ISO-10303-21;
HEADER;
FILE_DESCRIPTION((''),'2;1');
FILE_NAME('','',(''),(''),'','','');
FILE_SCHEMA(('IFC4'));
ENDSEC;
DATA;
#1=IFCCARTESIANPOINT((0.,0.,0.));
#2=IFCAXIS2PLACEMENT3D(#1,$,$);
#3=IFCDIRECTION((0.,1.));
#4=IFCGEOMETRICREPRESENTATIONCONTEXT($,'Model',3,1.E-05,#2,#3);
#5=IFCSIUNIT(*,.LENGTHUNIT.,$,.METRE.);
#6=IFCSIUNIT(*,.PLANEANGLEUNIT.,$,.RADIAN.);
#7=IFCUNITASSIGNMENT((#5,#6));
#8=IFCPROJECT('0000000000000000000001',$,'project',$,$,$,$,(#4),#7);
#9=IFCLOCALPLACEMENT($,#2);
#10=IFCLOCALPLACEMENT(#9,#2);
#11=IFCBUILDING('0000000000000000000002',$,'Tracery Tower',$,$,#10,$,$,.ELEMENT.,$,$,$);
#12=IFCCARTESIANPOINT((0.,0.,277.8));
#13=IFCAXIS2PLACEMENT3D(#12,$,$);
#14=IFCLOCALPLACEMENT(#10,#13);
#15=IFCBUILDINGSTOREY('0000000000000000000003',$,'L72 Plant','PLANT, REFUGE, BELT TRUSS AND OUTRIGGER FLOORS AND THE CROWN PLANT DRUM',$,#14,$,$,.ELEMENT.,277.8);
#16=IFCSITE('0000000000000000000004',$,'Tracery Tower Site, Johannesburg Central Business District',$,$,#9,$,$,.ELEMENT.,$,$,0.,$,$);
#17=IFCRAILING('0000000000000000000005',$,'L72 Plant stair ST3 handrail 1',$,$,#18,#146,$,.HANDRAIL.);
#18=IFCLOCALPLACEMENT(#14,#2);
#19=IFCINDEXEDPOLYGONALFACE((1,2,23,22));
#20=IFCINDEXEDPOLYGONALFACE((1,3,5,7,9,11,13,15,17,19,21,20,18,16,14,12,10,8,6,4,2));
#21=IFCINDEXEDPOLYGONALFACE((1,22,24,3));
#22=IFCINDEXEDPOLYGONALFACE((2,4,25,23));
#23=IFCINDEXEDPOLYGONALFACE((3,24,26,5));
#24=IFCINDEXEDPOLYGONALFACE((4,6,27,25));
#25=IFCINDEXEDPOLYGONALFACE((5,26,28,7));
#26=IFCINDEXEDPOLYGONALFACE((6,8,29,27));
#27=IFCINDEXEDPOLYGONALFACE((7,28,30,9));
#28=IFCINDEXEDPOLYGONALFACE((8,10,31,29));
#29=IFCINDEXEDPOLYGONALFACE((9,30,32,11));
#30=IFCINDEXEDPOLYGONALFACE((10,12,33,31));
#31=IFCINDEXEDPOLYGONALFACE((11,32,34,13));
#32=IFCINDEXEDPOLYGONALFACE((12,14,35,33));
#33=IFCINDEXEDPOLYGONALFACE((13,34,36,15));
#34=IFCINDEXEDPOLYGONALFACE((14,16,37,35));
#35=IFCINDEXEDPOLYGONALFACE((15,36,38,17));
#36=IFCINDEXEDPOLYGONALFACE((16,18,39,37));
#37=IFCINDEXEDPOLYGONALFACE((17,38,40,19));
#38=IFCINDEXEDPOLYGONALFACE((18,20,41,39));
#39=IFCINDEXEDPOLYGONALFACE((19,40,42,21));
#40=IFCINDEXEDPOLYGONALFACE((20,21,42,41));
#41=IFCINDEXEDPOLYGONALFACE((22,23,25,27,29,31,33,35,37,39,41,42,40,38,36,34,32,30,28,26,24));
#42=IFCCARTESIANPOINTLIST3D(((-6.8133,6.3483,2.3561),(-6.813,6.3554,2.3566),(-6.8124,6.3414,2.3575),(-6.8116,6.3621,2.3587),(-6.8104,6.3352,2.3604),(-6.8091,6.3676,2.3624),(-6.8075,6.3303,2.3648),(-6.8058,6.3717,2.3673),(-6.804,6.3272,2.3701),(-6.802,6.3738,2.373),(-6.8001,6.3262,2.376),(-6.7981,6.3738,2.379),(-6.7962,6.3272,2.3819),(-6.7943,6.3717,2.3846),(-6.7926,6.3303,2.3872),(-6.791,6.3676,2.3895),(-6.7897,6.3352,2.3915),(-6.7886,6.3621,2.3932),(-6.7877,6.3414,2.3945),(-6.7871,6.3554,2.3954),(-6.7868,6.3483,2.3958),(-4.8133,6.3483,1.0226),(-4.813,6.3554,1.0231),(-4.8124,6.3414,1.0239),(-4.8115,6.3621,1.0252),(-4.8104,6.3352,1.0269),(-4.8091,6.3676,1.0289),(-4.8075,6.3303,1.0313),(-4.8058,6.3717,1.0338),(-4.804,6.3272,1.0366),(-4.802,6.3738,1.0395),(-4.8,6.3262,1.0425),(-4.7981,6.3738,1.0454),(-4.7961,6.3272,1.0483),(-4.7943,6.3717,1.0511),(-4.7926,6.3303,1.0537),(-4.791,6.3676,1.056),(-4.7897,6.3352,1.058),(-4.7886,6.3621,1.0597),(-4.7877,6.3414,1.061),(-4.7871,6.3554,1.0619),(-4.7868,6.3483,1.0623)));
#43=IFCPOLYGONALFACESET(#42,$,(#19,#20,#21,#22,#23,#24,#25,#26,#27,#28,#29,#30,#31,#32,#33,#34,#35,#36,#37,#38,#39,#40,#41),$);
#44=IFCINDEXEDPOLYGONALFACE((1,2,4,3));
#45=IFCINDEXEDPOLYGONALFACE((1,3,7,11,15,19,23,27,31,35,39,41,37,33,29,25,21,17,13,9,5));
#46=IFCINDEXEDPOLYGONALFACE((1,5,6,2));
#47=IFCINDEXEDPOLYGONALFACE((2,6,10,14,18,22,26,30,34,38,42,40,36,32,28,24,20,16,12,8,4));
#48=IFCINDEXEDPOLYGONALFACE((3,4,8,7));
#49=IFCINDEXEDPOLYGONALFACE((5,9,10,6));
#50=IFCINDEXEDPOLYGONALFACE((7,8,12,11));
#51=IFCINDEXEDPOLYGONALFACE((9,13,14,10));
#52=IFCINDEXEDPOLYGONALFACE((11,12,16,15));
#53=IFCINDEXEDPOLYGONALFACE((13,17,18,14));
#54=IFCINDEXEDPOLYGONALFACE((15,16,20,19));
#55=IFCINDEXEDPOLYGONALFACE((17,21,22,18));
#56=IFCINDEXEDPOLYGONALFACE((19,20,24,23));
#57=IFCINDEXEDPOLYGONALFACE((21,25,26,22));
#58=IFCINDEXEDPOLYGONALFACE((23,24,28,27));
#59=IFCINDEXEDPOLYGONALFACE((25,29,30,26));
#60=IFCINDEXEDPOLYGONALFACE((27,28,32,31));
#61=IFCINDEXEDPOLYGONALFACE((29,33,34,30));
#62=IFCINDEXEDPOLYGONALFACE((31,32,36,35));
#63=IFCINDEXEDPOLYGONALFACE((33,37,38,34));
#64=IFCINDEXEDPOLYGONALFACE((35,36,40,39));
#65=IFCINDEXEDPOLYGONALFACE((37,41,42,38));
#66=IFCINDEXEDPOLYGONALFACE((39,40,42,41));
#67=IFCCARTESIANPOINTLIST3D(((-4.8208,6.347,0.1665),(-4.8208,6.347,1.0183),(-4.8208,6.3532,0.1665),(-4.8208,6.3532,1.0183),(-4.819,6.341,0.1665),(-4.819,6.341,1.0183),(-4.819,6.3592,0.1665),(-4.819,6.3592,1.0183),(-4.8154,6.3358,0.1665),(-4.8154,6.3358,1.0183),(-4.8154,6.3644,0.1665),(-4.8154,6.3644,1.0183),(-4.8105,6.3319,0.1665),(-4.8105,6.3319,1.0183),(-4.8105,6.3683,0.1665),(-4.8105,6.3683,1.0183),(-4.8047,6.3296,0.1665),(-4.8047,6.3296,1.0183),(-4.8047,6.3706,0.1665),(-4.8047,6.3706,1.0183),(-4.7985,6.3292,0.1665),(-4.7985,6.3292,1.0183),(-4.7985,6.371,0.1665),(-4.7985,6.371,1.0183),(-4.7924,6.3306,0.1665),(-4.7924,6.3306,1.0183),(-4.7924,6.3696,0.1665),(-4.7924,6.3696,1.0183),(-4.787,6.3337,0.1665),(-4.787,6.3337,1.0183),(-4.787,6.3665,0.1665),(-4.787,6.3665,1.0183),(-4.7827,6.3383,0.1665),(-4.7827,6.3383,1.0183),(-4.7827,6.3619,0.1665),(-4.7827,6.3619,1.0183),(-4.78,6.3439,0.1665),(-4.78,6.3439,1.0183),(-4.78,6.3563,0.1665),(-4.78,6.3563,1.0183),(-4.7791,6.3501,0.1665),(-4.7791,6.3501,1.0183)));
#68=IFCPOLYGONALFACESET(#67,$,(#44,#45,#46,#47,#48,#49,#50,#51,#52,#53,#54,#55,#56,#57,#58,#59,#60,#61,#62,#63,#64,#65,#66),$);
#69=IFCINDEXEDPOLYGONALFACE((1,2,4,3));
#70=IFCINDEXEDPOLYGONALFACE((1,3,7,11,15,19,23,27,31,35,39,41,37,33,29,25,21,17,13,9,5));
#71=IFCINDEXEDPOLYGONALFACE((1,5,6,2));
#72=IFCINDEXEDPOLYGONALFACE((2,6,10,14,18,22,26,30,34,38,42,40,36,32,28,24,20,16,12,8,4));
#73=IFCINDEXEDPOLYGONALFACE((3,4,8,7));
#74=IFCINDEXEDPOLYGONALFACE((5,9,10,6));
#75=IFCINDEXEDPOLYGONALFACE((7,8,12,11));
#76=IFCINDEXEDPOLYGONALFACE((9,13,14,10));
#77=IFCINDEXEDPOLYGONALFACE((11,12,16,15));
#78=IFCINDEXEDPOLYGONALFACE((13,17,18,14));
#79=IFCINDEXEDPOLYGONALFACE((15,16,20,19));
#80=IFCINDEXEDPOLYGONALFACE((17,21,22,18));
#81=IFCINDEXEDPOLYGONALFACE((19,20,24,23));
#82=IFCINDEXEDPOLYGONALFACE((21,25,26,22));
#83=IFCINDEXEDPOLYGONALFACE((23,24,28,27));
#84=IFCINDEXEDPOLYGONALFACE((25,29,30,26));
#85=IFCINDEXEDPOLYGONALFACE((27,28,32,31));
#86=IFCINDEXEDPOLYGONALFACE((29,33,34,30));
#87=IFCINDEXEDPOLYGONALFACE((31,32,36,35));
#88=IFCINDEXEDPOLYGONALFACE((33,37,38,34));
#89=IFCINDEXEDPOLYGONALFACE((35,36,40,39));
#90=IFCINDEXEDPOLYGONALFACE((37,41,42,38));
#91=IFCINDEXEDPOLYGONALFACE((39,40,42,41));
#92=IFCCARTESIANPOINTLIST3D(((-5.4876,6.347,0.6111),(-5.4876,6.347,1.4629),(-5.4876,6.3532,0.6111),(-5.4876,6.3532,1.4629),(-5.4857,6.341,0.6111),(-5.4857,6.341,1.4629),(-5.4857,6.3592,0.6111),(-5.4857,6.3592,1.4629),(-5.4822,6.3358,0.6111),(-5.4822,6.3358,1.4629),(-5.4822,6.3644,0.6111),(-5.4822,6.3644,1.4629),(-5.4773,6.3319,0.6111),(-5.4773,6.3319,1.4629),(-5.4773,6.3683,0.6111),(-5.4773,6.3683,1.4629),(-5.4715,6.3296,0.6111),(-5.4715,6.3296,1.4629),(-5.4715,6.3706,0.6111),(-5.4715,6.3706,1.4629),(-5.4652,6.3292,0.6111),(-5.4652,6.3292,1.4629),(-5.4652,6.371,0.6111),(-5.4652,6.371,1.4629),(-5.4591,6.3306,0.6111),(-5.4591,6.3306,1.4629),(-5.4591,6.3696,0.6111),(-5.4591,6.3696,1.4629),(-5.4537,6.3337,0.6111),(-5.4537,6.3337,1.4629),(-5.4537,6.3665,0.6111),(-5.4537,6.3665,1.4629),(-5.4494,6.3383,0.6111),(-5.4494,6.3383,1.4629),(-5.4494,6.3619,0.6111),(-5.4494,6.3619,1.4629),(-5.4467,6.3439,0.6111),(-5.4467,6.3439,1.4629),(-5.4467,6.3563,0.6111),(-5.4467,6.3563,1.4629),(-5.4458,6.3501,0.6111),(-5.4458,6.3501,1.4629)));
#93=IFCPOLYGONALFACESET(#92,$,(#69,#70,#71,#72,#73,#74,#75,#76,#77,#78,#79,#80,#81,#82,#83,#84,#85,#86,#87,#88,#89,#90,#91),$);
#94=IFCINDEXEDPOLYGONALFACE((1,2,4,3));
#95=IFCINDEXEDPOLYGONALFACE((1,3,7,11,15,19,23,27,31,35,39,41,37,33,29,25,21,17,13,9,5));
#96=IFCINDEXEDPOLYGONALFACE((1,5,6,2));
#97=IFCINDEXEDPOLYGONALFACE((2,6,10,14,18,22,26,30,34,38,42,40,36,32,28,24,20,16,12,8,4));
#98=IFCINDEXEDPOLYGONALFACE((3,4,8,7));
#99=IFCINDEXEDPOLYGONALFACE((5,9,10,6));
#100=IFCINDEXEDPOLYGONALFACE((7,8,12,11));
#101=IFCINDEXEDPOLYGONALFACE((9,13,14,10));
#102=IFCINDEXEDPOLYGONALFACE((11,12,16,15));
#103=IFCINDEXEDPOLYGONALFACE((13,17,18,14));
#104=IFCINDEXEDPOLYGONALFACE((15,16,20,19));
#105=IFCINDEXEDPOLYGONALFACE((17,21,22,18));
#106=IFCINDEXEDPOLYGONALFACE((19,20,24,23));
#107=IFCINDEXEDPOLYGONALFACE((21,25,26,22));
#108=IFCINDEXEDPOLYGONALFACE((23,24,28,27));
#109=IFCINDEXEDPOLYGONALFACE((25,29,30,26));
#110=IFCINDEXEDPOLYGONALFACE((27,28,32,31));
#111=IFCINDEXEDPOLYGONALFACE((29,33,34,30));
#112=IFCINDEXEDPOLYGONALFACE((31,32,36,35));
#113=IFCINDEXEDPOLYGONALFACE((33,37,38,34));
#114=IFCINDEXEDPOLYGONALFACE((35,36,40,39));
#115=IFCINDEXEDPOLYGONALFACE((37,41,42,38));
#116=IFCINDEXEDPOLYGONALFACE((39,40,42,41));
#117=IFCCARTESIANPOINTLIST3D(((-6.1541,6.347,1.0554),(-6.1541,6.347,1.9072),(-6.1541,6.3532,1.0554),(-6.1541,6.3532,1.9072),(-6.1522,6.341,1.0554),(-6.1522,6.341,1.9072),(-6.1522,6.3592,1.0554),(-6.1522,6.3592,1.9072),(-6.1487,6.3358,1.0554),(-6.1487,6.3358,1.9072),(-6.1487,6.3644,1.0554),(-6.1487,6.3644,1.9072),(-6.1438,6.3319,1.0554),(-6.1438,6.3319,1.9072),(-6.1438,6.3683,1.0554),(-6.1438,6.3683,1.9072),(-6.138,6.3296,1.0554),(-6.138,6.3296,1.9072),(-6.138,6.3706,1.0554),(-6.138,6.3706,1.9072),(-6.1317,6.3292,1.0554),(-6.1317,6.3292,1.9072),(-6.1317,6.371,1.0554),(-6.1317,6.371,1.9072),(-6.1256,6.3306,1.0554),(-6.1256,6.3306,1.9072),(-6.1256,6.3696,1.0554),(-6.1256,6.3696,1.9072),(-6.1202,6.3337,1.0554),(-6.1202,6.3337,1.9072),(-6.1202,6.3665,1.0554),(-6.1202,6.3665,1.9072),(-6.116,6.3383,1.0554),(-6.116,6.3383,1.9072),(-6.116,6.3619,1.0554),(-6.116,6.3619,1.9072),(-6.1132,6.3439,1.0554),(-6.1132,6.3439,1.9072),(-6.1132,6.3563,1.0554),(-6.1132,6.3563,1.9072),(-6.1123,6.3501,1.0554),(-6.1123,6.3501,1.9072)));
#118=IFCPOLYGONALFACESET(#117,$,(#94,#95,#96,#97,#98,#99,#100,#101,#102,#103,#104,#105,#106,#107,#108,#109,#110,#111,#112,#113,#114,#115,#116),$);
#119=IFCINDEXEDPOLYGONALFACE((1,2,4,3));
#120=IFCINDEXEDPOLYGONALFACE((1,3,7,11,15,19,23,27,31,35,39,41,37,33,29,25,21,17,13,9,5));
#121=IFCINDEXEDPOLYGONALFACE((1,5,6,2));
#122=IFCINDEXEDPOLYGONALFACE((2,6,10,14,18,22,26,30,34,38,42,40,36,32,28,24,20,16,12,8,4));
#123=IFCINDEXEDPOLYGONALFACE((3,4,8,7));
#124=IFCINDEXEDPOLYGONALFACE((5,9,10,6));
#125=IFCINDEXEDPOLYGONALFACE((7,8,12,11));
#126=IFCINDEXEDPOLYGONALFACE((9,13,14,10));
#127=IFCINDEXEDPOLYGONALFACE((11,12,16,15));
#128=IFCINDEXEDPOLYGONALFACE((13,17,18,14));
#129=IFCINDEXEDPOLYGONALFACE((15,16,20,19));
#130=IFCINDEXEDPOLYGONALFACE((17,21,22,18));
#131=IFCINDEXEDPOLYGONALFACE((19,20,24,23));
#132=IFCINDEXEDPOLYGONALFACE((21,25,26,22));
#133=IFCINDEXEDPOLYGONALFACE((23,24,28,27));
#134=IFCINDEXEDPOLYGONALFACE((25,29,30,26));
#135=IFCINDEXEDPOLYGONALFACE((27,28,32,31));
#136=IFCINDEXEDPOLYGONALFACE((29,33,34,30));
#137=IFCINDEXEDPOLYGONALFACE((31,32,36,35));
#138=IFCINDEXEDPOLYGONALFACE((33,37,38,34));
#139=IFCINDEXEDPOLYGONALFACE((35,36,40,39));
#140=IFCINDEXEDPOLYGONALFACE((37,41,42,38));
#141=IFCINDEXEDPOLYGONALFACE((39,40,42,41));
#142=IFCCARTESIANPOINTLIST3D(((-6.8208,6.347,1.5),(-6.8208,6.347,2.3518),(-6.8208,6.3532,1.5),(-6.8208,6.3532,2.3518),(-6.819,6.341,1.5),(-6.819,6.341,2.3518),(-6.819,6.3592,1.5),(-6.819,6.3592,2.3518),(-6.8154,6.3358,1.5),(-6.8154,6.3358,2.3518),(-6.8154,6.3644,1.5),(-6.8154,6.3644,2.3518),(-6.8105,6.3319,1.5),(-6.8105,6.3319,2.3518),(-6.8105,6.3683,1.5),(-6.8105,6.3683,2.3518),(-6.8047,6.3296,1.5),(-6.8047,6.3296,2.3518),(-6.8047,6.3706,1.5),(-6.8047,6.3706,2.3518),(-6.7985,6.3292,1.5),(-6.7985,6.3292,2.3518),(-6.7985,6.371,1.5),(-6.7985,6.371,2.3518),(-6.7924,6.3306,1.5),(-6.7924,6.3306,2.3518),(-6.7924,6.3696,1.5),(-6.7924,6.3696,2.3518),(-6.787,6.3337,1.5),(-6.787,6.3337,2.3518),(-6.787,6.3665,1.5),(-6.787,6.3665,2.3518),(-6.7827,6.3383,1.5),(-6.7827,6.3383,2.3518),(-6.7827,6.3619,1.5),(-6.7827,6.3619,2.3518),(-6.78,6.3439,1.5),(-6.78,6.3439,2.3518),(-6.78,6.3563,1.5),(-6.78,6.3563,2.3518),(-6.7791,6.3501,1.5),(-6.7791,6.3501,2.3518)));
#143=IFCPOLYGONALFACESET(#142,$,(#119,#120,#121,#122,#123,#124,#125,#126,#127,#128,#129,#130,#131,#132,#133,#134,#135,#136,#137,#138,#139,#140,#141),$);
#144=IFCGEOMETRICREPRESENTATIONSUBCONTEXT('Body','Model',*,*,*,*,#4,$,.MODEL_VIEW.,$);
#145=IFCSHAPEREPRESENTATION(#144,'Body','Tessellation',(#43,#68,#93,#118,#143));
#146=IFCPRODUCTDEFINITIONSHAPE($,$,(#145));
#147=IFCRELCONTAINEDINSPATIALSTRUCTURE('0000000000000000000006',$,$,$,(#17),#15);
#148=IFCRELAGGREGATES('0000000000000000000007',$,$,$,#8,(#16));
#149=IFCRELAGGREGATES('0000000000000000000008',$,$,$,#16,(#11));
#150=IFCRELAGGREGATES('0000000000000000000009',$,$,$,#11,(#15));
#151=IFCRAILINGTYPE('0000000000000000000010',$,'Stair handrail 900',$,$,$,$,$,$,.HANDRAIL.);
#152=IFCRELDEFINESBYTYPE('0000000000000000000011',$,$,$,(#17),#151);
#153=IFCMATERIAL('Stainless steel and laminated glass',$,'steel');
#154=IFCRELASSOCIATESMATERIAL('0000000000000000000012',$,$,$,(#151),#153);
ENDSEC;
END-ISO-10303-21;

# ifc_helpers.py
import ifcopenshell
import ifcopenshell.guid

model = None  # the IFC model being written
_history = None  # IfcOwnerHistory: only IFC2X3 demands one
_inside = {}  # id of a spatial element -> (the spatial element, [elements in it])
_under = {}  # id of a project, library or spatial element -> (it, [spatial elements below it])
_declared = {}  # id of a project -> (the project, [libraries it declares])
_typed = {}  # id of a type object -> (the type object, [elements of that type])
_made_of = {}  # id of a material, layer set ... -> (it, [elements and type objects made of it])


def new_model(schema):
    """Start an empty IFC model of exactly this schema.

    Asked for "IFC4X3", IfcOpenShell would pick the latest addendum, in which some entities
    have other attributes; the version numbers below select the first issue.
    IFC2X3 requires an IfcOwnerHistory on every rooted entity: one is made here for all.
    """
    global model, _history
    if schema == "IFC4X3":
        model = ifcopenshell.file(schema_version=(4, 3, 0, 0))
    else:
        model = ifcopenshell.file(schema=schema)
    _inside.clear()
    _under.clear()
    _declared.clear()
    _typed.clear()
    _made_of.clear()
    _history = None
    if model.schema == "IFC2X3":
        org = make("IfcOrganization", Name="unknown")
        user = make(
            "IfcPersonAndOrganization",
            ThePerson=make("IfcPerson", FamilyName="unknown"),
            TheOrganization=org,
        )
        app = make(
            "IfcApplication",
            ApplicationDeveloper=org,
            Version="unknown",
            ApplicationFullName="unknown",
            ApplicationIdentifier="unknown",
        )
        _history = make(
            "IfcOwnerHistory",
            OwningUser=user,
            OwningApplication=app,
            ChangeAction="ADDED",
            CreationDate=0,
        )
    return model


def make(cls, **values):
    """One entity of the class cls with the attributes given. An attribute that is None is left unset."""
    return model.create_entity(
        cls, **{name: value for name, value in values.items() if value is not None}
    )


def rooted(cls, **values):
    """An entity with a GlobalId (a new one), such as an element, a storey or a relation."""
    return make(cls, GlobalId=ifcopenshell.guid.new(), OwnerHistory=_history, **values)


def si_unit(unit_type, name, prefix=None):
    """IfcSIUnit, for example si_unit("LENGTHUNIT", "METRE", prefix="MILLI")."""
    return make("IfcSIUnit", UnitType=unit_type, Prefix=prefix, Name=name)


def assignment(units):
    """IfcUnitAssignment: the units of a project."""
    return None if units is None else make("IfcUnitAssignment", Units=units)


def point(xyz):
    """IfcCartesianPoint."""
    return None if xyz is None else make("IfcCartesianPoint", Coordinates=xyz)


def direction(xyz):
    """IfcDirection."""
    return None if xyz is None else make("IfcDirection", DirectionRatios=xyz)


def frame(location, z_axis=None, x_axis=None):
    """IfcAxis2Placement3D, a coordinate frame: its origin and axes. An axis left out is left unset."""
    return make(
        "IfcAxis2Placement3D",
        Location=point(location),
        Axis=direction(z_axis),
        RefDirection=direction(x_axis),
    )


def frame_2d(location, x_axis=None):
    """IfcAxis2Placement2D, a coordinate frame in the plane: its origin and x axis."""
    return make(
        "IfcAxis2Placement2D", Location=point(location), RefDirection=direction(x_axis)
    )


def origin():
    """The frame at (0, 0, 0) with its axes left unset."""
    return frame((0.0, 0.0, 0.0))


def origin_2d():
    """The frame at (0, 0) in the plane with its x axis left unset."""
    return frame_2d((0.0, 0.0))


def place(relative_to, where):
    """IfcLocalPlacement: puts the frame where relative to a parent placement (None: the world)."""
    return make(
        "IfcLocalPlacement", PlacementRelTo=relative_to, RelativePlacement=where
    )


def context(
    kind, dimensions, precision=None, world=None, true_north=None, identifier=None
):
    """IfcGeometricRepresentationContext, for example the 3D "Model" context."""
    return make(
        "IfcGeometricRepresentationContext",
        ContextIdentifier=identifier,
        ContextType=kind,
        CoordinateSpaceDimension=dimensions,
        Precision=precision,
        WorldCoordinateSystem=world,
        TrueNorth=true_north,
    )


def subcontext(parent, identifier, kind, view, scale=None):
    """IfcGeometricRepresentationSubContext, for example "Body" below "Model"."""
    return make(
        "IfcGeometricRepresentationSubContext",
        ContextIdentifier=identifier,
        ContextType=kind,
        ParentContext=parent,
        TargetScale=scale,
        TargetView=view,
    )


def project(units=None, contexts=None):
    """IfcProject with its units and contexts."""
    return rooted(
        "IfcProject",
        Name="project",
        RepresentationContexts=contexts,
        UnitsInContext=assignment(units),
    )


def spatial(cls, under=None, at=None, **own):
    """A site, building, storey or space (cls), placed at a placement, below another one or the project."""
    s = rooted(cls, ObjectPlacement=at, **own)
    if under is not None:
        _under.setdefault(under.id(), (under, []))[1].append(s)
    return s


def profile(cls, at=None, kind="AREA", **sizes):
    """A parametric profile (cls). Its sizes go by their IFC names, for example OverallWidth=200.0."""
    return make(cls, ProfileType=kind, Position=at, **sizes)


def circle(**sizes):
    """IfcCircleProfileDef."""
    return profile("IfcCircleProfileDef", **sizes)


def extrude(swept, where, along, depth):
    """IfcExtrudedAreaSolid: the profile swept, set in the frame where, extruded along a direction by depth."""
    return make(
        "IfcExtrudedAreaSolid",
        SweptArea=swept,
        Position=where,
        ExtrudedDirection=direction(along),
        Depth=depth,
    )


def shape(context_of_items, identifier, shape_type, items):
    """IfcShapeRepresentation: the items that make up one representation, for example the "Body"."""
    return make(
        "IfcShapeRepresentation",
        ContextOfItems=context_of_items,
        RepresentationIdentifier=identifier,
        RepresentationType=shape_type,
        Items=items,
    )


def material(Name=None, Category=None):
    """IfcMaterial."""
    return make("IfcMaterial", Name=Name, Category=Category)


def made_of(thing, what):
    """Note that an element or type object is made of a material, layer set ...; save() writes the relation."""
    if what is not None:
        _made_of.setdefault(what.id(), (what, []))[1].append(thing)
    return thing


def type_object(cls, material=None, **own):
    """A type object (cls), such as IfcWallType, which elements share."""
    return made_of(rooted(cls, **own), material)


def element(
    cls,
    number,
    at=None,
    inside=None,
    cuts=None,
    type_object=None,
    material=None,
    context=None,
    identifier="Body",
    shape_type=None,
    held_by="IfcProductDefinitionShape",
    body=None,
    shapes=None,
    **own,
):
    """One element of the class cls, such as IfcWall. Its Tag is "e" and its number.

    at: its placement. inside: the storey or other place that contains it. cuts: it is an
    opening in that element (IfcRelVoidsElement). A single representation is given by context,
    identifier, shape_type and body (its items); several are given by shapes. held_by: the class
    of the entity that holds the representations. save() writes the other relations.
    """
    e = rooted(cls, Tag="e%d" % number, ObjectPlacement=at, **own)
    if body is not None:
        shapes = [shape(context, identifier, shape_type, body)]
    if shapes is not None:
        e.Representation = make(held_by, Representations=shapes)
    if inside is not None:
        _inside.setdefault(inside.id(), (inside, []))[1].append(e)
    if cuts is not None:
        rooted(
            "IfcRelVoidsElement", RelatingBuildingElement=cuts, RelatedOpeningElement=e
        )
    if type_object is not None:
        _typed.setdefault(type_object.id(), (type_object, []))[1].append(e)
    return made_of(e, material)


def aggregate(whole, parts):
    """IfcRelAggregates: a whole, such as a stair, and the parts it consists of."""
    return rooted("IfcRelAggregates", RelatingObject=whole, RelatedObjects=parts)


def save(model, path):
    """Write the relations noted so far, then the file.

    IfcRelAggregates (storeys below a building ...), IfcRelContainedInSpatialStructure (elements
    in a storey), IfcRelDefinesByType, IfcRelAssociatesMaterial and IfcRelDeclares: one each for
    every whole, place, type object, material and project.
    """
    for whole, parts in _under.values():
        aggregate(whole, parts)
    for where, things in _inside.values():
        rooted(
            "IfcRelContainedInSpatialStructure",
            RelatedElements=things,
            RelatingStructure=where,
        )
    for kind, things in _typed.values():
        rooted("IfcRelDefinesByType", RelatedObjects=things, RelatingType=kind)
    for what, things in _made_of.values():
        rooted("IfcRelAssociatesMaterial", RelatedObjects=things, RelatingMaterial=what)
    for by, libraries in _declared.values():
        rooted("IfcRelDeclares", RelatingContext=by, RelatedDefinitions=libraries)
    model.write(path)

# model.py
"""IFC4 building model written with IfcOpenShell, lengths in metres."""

from ifc_helpers import new_model, si_unit, direction, frame, origin, origin_2d, place, context, subcontext, project, spatial, circle, extrude, material, type_object, element, save


model = new_model("IFC4")

# Units and contexts
model_context = context("Model", 3, precision=1e-05, world=origin(), true_north=direction((0.0, 1.0)))
body_context = subcontext(model_context, "Body", "Model", "MODEL_VIEW")
ifc_project = project(units=[si_unit("LENGTHUNIT", "METRE"), si_unit("PLANEANGLEUNIT", "RADIAN")], contexts=[model_context])

# Site, building, storey
site_placement = place(None, origin())
site = spatial("IfcSite", under=ifc_project, at=site_placement, Name="Tracery Tower Site, Johannesburg Central Business District", CompositionType="ELEMENT", RefElevation=0.0)
building_placement = place(site_placement, origin())
building = spatial("IfcBuilding", under=site, at=building_placement, Name="Tracery Tower", CompositionType="ELEMENT")
storey_placement = place(building_placement, frame((0.0, 0.0, 277.8)))
storey = spatial("IfcBuildingStorey", under=building, at=storey_placement, Name="L72 Plant", Description="PLANT, REFUGE, BELT TRUSS AND OUTRIGGER FLOORS AND THE CROWN PLANT DRUM", CompositionType="ELEMENT", Elevation=277.8)

# Railing
ifc_material_1 = material(Name="Stainless steel and laminated glass", Category="steel")
railing_type_1 = type_object("IfcRailingType", Name="Stair handrail 900", PredefinedType="HANDRAIL", material=ifc_material_1)
railing_1_placement = place(storey_placement, frame((-4.8, 6.3501, 0.1665)))
element("IfcRailing", 1, at=railing_1_placement, inside=storey, type_object=railing_type_1, Name="L72 Plant stair ST3 handrail 1", PredefinedType="HANDRAIL", context=body_context, shape_type="SweptSolid", body=[
    extrude(circle(Radius=0.0239, at=origin_2d()), frame((0.0, 0.0, 0.876), z_axis=(-0.832019, 0.0, 0.554747), x_axis=(0.0, -1.0, 0.0)), (0.0, 0.0, 1.0), 2.4038),
    extrude(circle(Radius=0.021, at=origin_2d()), origin(), (0.0, 0.0, 1.0), 0.8518),
    extrude(circle(Radius=0.021, at=origin_2d()), frame((-0.6667, 0.0, 0.4446)), (0.0, 0.0, 1.0), 0.8518),
    extrude(circle(Radius=0.021, at=origin_2d()), frame((-1.3333, 0.0, 0.8889)), (0.0, 0.0, 1.0), 0.8518),
    extrude(circle(Radius=0.021, at=origin_2d()), frame((-2.0, 0.0, 1.3335)), (0.0, 0.0, 1.0), 0.8518),
])

save(model, "model.ifc")
